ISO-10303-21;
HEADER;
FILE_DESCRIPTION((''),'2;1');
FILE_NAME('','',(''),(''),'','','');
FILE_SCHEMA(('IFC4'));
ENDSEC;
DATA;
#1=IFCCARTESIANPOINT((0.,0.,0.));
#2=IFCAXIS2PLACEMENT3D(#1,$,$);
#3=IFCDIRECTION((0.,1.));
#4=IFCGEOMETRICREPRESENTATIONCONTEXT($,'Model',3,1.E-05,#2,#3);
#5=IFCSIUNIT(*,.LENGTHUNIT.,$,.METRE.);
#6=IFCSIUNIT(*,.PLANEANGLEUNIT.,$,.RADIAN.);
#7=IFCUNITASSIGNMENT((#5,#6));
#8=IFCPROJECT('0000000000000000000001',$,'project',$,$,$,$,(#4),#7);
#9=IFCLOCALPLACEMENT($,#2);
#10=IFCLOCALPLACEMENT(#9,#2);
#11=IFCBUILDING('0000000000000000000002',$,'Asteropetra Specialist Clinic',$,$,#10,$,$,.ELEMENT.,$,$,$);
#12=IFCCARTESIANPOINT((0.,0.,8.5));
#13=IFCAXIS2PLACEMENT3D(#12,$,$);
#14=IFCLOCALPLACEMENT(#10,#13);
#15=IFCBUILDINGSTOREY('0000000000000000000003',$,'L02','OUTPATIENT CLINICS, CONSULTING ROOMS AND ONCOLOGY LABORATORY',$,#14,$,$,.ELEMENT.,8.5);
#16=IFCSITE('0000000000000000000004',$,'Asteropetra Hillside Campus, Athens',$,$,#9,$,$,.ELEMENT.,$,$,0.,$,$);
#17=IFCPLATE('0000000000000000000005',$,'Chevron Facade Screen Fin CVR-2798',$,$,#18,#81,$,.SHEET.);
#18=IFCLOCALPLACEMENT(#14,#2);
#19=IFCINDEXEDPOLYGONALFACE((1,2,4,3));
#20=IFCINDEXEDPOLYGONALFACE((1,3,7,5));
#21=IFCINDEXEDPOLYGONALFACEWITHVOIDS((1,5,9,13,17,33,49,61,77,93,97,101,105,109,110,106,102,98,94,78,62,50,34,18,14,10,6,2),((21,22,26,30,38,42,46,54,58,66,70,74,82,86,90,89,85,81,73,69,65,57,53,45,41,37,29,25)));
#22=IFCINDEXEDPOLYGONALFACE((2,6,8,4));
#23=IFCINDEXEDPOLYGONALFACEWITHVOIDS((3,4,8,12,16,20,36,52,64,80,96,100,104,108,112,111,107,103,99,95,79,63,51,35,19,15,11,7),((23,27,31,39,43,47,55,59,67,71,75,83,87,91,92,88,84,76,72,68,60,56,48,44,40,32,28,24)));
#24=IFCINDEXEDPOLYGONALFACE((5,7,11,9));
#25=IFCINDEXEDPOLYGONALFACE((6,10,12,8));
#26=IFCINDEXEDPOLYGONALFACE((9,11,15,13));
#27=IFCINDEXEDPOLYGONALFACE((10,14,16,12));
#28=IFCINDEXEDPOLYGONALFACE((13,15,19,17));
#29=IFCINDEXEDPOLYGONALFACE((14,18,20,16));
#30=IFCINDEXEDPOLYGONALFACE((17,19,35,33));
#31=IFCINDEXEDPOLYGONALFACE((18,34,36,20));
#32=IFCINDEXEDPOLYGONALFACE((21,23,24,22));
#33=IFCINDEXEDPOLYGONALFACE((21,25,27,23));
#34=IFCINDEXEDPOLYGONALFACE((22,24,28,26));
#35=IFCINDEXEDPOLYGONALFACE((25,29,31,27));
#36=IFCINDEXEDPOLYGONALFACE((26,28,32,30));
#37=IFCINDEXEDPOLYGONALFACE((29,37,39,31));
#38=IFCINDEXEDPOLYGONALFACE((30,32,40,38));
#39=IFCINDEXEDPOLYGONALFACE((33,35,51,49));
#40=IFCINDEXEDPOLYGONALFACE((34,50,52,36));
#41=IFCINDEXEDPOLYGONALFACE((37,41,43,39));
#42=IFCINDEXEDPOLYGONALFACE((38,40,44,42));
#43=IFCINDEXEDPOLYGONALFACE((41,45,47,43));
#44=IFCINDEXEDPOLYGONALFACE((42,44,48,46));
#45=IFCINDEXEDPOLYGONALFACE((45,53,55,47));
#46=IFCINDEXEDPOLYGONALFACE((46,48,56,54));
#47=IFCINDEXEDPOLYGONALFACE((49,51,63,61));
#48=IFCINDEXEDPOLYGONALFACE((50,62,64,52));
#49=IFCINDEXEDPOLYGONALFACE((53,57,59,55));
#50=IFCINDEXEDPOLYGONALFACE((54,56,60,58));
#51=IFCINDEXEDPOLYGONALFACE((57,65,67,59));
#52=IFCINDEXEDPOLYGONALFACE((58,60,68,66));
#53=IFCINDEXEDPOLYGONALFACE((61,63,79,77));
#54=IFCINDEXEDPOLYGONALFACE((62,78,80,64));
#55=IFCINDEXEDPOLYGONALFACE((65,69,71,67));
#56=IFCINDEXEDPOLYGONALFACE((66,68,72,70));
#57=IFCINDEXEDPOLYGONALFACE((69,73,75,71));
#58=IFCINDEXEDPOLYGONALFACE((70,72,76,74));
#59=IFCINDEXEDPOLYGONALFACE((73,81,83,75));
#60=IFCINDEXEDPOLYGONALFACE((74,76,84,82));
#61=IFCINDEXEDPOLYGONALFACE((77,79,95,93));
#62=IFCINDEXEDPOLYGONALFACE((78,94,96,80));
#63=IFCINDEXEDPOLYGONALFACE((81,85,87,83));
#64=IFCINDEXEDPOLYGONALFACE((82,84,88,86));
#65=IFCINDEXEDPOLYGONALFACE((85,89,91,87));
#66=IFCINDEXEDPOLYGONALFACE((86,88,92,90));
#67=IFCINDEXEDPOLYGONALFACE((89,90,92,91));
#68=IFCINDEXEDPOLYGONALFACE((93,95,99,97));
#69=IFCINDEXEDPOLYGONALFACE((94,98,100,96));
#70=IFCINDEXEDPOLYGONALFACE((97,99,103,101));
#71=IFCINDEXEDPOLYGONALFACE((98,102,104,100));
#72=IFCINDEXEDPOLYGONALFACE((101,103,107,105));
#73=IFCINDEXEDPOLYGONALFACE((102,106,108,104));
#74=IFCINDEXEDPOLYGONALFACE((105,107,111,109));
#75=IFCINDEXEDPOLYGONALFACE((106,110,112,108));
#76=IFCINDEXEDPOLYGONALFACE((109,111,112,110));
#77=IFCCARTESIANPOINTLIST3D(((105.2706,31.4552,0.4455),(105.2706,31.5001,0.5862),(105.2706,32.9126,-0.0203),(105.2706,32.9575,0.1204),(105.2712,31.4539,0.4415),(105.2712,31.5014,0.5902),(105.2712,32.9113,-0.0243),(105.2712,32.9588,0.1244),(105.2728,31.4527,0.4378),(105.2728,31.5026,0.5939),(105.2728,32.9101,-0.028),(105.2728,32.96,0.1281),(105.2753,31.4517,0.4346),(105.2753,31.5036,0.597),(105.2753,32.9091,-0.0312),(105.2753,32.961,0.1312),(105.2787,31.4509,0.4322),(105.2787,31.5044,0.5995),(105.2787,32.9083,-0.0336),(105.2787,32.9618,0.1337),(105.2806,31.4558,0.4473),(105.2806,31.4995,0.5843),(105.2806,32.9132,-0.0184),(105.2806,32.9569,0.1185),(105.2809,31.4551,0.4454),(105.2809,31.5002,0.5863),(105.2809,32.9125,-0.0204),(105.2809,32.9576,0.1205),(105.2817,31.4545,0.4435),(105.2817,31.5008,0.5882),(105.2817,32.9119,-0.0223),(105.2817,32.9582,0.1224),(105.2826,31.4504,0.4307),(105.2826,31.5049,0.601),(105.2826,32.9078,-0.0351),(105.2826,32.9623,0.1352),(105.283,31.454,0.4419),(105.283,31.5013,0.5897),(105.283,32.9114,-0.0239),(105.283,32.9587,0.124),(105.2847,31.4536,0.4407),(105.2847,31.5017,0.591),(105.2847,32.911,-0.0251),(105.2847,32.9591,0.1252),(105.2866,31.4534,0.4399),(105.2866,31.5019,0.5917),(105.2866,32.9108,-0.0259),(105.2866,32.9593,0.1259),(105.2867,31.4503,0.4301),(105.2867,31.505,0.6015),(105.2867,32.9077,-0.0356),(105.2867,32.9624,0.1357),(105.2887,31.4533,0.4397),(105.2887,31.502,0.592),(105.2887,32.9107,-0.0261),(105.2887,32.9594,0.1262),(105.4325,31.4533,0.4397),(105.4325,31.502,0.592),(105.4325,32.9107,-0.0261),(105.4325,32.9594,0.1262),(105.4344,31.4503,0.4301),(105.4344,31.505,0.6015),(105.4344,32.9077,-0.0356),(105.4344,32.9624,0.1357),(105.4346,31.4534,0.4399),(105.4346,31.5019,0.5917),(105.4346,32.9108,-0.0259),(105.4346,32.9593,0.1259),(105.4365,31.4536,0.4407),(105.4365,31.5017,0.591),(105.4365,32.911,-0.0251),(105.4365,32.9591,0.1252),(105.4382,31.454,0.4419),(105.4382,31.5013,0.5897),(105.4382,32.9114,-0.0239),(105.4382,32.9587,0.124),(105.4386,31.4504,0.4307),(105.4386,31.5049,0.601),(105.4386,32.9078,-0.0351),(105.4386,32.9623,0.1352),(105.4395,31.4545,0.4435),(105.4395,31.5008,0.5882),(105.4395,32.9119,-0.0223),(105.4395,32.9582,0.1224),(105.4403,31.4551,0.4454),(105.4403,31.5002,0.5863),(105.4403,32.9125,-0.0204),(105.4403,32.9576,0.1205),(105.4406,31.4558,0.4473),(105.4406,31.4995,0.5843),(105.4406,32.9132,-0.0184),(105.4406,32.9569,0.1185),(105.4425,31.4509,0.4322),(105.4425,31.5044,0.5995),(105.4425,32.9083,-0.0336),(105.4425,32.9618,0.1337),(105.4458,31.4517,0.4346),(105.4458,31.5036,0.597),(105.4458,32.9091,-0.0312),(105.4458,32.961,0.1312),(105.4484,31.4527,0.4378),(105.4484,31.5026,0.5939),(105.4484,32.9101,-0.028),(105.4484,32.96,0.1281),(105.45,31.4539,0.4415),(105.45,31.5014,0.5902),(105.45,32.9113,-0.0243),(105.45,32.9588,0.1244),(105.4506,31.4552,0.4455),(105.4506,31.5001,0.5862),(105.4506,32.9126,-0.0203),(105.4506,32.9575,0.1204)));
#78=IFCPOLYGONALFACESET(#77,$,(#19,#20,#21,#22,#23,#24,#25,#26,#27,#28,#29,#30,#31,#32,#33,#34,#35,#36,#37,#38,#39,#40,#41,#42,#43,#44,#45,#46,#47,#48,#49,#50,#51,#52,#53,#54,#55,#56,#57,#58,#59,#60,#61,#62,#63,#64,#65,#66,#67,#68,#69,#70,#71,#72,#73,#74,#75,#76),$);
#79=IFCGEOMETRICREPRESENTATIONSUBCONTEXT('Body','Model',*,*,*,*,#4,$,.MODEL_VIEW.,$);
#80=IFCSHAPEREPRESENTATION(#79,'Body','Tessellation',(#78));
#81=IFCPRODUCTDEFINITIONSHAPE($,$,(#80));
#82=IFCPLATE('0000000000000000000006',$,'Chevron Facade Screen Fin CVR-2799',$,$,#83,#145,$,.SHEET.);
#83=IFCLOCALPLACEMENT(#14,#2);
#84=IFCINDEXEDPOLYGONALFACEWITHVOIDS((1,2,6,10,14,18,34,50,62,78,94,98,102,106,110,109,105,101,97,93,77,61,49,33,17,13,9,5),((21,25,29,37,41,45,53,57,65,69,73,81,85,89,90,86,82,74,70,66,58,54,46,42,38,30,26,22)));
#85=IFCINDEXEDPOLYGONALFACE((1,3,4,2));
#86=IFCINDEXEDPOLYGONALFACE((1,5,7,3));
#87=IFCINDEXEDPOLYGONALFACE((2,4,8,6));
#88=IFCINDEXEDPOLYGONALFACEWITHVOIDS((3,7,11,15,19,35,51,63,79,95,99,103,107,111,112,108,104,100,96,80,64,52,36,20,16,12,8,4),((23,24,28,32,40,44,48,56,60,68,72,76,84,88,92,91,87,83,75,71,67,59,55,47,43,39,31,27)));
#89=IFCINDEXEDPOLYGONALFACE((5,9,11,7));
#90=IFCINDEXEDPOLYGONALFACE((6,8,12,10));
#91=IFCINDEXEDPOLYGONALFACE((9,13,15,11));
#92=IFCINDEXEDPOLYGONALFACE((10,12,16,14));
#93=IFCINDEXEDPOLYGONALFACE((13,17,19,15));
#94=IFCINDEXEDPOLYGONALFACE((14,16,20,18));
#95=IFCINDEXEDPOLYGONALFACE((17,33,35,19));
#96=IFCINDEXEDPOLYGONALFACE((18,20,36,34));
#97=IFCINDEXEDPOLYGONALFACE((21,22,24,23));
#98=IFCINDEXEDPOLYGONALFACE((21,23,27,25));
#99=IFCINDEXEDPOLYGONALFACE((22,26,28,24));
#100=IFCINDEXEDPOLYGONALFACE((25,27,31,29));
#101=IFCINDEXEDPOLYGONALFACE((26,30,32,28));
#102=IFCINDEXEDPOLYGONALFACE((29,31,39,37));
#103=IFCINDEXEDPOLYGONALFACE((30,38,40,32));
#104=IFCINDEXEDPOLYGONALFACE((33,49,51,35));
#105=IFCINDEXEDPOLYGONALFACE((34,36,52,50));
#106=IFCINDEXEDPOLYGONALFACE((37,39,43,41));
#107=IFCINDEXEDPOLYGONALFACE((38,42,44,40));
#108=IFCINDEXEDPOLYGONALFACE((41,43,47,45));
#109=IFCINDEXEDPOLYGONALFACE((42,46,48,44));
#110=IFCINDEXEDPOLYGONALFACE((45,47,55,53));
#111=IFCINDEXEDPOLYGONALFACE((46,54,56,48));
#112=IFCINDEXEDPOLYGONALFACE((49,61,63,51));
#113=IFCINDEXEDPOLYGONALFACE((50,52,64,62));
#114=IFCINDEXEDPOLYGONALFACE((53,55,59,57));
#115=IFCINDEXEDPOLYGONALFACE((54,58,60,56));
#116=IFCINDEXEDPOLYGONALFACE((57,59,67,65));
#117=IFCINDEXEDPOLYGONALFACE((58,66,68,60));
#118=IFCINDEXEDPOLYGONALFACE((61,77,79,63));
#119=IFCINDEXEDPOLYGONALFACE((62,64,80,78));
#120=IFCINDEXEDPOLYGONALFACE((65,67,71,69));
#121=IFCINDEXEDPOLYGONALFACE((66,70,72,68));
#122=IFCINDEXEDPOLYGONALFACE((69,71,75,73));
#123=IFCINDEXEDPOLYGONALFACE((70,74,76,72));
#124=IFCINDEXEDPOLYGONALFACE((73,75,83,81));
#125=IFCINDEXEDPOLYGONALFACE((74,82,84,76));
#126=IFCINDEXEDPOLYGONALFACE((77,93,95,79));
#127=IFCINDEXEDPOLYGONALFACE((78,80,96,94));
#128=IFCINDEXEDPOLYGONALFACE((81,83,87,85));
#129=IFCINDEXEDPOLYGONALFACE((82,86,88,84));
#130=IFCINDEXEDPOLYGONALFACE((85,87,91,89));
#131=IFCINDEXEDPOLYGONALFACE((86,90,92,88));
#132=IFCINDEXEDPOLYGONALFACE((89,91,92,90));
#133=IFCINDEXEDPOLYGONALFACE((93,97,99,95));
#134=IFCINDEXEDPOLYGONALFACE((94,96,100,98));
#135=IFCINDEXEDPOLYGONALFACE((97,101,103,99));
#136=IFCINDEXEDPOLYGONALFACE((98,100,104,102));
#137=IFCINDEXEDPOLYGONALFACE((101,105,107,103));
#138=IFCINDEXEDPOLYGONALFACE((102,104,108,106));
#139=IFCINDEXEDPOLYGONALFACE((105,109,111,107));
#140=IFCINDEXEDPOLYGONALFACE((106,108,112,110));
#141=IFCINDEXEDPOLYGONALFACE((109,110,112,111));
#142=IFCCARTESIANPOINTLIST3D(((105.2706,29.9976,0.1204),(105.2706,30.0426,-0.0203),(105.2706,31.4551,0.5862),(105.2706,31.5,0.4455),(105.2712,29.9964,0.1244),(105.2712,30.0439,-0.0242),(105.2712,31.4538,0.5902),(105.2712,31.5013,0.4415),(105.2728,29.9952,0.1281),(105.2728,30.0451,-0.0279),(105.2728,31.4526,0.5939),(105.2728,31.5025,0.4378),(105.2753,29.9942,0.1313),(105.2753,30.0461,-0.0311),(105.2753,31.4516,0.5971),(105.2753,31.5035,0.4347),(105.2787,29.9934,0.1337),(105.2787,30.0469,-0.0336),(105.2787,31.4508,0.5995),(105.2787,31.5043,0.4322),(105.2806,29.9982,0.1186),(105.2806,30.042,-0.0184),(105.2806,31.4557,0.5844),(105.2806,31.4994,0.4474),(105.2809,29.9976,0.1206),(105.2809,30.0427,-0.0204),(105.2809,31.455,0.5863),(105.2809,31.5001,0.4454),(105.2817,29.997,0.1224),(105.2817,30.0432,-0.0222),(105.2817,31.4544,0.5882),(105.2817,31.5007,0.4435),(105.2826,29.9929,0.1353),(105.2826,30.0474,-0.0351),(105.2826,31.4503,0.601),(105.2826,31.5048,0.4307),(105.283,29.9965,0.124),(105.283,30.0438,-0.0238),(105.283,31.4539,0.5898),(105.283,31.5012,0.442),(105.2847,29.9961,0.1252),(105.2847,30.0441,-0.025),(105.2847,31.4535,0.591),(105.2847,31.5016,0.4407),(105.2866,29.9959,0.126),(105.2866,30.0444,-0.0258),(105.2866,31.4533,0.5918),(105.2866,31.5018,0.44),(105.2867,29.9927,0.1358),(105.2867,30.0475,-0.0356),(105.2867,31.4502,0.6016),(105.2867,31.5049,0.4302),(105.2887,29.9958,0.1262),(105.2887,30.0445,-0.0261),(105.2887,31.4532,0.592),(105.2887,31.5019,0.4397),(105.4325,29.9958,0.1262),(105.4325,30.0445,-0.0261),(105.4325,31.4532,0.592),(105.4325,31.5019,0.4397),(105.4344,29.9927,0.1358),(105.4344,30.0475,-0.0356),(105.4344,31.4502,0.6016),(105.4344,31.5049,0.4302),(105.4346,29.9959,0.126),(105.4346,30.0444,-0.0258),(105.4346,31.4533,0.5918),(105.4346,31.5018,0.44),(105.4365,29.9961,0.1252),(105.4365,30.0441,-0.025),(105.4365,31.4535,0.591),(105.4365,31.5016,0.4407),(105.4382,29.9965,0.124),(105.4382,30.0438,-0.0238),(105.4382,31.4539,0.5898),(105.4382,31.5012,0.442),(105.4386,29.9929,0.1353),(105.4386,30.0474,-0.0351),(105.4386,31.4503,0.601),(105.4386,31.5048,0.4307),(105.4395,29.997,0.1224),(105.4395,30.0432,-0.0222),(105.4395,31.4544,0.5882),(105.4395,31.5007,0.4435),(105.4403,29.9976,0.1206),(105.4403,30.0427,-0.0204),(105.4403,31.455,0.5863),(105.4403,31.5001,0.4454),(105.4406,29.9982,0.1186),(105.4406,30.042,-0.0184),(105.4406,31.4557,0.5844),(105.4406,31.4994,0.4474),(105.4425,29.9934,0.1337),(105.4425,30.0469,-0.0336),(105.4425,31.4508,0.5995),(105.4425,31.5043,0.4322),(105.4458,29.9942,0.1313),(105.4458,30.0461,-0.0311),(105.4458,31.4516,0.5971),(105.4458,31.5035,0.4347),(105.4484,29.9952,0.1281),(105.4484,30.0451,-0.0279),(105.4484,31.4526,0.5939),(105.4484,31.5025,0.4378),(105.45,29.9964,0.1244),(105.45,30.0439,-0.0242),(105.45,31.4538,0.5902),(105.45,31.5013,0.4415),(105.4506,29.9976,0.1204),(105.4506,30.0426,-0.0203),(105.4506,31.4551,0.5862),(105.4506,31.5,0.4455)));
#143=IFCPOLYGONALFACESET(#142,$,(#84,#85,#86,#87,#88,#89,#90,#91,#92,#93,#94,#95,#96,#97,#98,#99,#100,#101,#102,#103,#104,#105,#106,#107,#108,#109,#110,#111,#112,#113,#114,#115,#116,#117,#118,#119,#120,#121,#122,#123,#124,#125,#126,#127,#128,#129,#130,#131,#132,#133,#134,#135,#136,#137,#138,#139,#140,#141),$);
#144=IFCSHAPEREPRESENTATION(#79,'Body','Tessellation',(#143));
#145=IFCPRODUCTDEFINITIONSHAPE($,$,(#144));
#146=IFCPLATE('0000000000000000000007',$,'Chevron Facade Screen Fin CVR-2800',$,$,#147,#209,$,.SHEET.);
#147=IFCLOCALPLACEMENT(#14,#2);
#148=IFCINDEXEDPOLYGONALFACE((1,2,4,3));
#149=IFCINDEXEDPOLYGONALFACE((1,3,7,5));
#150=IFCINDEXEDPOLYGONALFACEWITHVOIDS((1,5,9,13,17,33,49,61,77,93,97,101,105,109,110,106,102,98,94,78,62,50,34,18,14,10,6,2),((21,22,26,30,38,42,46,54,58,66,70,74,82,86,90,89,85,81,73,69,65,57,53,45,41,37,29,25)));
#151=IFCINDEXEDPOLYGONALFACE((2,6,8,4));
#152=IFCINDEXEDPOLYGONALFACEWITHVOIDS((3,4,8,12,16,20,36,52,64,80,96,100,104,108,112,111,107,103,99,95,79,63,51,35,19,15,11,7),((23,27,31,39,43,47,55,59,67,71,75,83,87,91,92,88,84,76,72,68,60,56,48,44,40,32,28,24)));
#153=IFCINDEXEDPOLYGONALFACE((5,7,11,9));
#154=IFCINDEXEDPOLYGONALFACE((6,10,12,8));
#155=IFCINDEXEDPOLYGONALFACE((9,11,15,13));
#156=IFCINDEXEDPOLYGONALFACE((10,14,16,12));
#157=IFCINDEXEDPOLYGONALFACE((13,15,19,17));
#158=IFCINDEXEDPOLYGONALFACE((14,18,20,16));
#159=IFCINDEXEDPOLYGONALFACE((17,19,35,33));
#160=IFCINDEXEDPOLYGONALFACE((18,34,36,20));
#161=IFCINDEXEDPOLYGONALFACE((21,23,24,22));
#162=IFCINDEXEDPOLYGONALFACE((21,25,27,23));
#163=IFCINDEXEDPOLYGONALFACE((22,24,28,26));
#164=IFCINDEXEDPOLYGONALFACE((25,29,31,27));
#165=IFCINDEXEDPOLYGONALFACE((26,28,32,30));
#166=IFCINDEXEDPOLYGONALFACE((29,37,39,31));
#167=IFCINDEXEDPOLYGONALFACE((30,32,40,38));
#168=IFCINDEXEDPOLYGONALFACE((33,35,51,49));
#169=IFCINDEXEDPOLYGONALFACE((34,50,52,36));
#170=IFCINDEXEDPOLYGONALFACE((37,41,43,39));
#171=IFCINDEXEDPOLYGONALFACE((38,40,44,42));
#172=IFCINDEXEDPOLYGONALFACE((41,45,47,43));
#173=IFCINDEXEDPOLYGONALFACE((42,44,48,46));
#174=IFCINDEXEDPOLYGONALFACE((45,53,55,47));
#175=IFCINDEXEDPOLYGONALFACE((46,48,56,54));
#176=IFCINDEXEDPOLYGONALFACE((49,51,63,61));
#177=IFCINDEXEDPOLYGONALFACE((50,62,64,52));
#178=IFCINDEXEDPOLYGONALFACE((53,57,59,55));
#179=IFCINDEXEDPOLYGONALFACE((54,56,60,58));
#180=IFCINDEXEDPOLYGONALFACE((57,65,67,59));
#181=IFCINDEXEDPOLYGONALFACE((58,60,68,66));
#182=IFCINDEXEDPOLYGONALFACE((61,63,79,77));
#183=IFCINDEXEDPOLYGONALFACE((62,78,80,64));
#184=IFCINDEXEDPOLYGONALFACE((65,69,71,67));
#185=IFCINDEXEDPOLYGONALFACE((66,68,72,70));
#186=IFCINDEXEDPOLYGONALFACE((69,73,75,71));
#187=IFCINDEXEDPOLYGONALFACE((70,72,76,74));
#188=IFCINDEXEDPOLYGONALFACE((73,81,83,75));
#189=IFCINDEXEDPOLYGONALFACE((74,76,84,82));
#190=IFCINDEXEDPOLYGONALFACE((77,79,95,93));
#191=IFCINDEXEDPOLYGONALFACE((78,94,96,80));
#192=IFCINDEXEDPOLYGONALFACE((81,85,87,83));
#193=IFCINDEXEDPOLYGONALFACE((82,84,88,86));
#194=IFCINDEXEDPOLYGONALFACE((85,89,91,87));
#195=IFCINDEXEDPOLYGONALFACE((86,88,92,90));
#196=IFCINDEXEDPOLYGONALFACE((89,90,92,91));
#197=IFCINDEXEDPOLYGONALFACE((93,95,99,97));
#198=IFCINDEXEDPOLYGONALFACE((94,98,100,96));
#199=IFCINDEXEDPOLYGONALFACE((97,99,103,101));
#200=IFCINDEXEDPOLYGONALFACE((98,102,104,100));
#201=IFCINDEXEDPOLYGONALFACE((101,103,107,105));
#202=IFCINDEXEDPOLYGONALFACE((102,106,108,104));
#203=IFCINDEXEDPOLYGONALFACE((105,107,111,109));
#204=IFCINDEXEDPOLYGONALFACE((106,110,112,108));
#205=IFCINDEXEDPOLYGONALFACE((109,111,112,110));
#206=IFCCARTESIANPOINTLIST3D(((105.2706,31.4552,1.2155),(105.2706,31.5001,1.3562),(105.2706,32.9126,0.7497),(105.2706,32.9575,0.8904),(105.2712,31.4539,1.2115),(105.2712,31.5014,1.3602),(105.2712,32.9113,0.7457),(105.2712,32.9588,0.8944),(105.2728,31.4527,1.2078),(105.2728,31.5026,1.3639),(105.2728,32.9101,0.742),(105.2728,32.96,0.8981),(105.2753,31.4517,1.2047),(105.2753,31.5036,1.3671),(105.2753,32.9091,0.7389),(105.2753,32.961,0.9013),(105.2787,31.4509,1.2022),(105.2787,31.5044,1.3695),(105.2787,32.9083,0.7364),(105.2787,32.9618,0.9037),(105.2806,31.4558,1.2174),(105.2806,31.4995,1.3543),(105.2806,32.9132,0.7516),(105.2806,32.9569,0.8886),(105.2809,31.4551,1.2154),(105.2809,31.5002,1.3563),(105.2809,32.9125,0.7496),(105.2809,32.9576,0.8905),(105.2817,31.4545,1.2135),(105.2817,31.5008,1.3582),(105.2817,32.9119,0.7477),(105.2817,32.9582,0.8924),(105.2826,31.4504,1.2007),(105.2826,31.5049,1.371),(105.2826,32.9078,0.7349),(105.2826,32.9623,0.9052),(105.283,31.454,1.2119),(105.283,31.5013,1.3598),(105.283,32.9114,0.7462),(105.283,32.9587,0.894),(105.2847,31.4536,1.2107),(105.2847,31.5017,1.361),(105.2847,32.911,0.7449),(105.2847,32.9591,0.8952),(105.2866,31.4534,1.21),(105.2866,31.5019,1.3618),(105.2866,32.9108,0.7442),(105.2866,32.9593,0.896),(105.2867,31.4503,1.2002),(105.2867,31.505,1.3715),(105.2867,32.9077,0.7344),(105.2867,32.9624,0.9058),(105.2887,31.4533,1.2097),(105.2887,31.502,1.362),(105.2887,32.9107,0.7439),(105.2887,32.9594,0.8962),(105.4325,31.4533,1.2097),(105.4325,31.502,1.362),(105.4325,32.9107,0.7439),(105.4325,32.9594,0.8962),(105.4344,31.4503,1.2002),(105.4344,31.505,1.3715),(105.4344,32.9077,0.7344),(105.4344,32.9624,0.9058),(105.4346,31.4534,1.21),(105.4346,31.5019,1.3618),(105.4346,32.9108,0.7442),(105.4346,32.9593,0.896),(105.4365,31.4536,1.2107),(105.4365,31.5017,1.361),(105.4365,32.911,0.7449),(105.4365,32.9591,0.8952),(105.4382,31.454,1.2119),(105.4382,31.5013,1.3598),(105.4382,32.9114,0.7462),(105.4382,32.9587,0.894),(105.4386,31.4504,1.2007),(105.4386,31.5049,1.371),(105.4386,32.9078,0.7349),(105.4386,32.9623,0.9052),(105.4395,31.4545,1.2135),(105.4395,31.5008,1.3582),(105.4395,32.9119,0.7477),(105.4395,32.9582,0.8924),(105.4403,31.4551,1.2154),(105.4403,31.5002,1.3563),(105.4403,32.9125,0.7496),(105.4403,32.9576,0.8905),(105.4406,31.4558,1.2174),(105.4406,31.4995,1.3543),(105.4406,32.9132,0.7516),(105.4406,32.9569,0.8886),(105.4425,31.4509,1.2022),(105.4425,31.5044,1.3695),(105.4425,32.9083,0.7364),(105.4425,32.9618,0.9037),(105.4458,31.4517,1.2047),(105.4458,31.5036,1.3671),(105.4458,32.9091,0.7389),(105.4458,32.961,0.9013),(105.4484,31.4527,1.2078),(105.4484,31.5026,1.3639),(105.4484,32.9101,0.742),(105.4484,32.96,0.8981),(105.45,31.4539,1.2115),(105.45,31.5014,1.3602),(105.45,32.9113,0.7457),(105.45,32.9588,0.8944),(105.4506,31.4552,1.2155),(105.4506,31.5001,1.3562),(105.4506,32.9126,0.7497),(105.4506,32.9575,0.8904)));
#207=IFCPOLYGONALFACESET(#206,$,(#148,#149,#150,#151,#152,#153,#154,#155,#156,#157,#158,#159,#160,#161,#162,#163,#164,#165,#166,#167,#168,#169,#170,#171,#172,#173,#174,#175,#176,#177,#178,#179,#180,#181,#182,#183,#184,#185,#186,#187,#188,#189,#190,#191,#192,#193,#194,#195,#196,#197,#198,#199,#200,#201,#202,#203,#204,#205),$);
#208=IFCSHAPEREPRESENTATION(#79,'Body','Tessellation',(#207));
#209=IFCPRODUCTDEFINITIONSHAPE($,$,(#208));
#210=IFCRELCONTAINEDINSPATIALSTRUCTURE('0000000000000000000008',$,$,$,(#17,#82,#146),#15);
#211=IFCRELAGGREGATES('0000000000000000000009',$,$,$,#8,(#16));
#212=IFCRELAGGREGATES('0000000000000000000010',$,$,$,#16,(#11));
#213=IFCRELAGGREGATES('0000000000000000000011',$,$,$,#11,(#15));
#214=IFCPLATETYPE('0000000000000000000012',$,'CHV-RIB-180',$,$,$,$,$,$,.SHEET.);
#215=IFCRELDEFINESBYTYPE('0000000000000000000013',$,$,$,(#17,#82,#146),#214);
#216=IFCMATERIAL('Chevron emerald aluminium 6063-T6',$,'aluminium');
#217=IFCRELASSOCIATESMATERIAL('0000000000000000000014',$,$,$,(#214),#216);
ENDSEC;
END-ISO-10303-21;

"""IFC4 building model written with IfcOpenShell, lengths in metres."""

from ifc_helpers import new_model, si_unit, direction, frame, origin, origin_2d, place, context, subcontext, project, spatial, hollow_rectangle, extrude, material, material_profile, profile_set, type_object, element, save


model = new_model("IFC4")

# Units and contexts
model_context = context("Model", 3, precision=1e-05, world=origin(), true_north=direction((0.0, 1.0)))
body_context = subcontext(model_context, "Body", "Model", "MODEL_VIEW")
ifc_project = project(units=[si_unit("LENGTHUNIT", "METRE"), si_unit("PLANEANGLEUNIT", "RADIAN")], contexts=[model_context])

# Site, building, storey
site_placement = place(None, origin())
site = spatial("IfcSite", under=ifc_project, at=site_placement, Name="Asteropetra Hillside Campus, Athens", CompositionType="ELEMENT", RefElevation=0.0)
building_placement = place(site_placement, origin())
building = spatial("IfcBuilding", under=site, at=building_placement, Name="Asteropetra Specialist Clinic", CompositionType="ELEMENT")
storey_placement = place(building_placement, frame((0.0, 0.0, 8.5)))
storey = spatial("IfcBuildingStorey", under=building, at=storey_placement, Name="L02", Description="OUTPATIENT CLINICS, CONSULTING ROOMS AND ONCOLOGY LABORATORY", CompositionType="ELEMENT", Elevation=8.5)

# Plates
ifc_material_1 = material(Name="Chevron emerald aluminium 6063-T6", Category="aluminium")
ifc_material_profile = material_profile(ifc_material_1, hollow_rectangle(XDim=0.1799, YDim=0.1799, WallThickness=0.01, InnerFilletRadius=0.0081, OuterFilletRadius=0.0161, at=origin_2d()), Name="SHS 180x180x10.0")
ifc_profile_set = profile_set([ifc_material_profile], Name="Chevron emerald aluminium 6063-T6")
plate_type = type_object("IfcPlateType", Name="CHV-RIB-180", PredefinedType="SHEET", material=ifc_profile_set)
for number, where, z_axis, x_axis, name in (
    (1, (105.3606, 32.9351, 0.05), (0.0, -0.952535, 0.304428), (1.0, 0.0, 0.0), "Chevron Facade Screen Fin CVR-2798"),
    (2, (105.3606, 31.4775, 0.5159), (0.0, -0.952535, -0.304428), (1.0, 0.0, 0.0), "Chevron Facade Screen Fin CVR-2799"),
    (3, (105.3606, 32.9351, 0.8201), (0.0, -0.952535, 0.304428), (1.0, 0.0, 0.0), "Chevron Facade Screen Fin CVR-2800"),
):
    element("IfcPlate", number, at=place(storey_placement, frame(where, z_axis=z_axis, x_axis=x_axis)), inside=storey, type_object=plate_type, Name=name, PredefinedType="SHEET", context=body_context, shape_type="SweptSolid", body=[
        extrude(hollow_rectangle(XDim=0.1799, YDim=0.1799, WallThickness=0.01, InnerFilletRadius=0.0081, OuterFilletRadius=0.0161, at=origin_2d()), origin(), (0.0, 0.0, 1.0), 1.53),
    ])

save(model, "model.ifc")
